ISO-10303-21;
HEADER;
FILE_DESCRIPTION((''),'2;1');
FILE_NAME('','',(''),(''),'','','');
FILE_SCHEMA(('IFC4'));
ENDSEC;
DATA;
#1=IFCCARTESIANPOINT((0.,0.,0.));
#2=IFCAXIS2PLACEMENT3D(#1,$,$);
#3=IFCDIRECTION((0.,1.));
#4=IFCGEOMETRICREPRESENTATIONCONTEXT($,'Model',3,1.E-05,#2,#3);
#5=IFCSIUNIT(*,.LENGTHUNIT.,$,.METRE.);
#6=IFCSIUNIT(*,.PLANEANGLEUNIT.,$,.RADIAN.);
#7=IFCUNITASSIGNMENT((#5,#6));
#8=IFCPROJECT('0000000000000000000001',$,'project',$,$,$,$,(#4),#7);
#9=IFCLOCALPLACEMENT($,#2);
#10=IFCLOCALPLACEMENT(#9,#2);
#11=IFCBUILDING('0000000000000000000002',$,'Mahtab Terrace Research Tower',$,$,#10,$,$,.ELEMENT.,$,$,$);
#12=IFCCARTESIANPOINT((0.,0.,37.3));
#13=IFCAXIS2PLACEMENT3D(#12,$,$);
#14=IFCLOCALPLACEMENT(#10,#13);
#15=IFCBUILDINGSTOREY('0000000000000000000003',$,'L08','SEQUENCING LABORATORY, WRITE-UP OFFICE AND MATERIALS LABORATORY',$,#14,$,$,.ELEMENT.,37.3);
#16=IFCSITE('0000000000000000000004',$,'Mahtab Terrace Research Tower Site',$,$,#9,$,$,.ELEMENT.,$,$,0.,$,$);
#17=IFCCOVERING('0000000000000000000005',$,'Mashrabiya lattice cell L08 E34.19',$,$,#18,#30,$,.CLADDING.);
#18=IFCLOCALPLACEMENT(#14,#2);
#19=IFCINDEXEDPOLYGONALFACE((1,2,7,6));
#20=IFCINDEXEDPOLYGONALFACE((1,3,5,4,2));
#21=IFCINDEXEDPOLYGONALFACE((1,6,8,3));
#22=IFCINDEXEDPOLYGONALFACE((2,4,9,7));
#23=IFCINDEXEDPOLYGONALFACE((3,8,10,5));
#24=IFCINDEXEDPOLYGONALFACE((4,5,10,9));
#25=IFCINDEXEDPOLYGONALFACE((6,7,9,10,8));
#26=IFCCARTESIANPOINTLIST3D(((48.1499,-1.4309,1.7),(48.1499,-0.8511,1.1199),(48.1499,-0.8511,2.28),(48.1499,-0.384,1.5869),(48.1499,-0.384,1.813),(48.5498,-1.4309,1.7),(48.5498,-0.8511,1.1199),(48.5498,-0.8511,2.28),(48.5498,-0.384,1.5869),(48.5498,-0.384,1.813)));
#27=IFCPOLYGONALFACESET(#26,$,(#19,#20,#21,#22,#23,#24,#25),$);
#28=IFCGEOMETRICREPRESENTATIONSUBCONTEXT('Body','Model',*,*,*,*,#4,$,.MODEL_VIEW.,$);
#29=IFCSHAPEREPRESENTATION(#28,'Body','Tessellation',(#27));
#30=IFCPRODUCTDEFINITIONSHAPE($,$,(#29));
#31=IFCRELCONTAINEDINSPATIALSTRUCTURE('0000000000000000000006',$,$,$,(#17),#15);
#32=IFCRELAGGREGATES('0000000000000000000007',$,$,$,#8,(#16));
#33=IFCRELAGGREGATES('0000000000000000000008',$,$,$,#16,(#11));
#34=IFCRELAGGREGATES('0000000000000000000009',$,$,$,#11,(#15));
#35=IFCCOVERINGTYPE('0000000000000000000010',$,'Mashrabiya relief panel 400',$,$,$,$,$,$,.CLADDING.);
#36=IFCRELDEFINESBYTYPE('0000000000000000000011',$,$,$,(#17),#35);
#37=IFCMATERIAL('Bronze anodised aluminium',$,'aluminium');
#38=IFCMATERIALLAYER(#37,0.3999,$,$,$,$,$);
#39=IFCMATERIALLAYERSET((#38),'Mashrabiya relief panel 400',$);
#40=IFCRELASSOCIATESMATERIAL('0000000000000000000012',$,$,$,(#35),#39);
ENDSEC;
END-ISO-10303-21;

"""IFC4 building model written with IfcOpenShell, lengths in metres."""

from ifc_helpers import new_model, si_unit, direction, frame, origin, place, context, subcontext, project, spatial, polyline, outline, extrude, material, layer, layer_set, type_object, element, save


model = new_model("IFC4")

# Units and contexts
model_context = context("Model", 3, precision=1e-05, world=origin(), true_north=direction((0.0, 1.0)))
body_context = subcontext(model_context, "Body", "Model", "MODEL_VIEW")
ifc_project = project(units=[si_unit("LENGTHUNIT", "METRE"), si_unit("PLANEANGLEUNIT", "RADIAN")], contexts=[model_context])

# Site, building, storey
site_placement = place(None, origin())
site = spatial("IfcSite", under=ifc_project, at=site_placement, Name="Mahtab Terrace Research Tower Site", CompositionType="ELEMENT", RefElevation=0.0)
building_placement = place(site_placement, origin())
building = spatial("IfcBuilding", under=site, at=building_placement, Name="Mahtab Terrace Research Tower", CompositionType="ELEMENT")
storey_placement = place(building_placement, frame((0.0, 0.0, 37.3)))
storey = spatial("IfcBuildingStorey", under=building, at=storey_placement, Name="L08", Description="SEQUENCING LABORATORY, WRITE-UP OFFICE AND MATERIALS LABORATORY", CompositionType="ELEMENT", Elevation=37.3)

# Covering
ifc_material = material(Name="Bronze anodised aluminium", Category="aluminium")
ifc_layer = layer(ifc_material, 0.3999)
ifc_layer_set = layer_set([ifc_layer], Name="Mashrabiya relief panel 400")
covering_type = type_object("IfcCoveringType", Name="Mashrabiya relief panel 400", PredefinedType="CLADDING", material=ifc_layer_set)
covering_1_placement = place(storey_placement, frame((48.1499, -0.8511, 1.1199), z_axis=(-1.0, 0.0, 0.0), x_axis=(0.0, -0.706958, 0.707256)))
element("IfcCovering", 1, at=covering_1_placement, inside=storey, type_object=covering_type, Name="Mashrabiya lattice cell L08 E34.19", PredefinedType="CLADDING", context=body_context, shape_type="SweptSolid", body=[
    extrude(outline(polyline([(0.0, 0.0), (0.8202, 0.0), (0.8205, 0.8202), (0.16, 0.8203), (0.0001, 0.6605), (0.0, 0.0)])), origin(), (0.0, 0.0, -1.0), 0.3999),
])

save(model, "model.ifc")
